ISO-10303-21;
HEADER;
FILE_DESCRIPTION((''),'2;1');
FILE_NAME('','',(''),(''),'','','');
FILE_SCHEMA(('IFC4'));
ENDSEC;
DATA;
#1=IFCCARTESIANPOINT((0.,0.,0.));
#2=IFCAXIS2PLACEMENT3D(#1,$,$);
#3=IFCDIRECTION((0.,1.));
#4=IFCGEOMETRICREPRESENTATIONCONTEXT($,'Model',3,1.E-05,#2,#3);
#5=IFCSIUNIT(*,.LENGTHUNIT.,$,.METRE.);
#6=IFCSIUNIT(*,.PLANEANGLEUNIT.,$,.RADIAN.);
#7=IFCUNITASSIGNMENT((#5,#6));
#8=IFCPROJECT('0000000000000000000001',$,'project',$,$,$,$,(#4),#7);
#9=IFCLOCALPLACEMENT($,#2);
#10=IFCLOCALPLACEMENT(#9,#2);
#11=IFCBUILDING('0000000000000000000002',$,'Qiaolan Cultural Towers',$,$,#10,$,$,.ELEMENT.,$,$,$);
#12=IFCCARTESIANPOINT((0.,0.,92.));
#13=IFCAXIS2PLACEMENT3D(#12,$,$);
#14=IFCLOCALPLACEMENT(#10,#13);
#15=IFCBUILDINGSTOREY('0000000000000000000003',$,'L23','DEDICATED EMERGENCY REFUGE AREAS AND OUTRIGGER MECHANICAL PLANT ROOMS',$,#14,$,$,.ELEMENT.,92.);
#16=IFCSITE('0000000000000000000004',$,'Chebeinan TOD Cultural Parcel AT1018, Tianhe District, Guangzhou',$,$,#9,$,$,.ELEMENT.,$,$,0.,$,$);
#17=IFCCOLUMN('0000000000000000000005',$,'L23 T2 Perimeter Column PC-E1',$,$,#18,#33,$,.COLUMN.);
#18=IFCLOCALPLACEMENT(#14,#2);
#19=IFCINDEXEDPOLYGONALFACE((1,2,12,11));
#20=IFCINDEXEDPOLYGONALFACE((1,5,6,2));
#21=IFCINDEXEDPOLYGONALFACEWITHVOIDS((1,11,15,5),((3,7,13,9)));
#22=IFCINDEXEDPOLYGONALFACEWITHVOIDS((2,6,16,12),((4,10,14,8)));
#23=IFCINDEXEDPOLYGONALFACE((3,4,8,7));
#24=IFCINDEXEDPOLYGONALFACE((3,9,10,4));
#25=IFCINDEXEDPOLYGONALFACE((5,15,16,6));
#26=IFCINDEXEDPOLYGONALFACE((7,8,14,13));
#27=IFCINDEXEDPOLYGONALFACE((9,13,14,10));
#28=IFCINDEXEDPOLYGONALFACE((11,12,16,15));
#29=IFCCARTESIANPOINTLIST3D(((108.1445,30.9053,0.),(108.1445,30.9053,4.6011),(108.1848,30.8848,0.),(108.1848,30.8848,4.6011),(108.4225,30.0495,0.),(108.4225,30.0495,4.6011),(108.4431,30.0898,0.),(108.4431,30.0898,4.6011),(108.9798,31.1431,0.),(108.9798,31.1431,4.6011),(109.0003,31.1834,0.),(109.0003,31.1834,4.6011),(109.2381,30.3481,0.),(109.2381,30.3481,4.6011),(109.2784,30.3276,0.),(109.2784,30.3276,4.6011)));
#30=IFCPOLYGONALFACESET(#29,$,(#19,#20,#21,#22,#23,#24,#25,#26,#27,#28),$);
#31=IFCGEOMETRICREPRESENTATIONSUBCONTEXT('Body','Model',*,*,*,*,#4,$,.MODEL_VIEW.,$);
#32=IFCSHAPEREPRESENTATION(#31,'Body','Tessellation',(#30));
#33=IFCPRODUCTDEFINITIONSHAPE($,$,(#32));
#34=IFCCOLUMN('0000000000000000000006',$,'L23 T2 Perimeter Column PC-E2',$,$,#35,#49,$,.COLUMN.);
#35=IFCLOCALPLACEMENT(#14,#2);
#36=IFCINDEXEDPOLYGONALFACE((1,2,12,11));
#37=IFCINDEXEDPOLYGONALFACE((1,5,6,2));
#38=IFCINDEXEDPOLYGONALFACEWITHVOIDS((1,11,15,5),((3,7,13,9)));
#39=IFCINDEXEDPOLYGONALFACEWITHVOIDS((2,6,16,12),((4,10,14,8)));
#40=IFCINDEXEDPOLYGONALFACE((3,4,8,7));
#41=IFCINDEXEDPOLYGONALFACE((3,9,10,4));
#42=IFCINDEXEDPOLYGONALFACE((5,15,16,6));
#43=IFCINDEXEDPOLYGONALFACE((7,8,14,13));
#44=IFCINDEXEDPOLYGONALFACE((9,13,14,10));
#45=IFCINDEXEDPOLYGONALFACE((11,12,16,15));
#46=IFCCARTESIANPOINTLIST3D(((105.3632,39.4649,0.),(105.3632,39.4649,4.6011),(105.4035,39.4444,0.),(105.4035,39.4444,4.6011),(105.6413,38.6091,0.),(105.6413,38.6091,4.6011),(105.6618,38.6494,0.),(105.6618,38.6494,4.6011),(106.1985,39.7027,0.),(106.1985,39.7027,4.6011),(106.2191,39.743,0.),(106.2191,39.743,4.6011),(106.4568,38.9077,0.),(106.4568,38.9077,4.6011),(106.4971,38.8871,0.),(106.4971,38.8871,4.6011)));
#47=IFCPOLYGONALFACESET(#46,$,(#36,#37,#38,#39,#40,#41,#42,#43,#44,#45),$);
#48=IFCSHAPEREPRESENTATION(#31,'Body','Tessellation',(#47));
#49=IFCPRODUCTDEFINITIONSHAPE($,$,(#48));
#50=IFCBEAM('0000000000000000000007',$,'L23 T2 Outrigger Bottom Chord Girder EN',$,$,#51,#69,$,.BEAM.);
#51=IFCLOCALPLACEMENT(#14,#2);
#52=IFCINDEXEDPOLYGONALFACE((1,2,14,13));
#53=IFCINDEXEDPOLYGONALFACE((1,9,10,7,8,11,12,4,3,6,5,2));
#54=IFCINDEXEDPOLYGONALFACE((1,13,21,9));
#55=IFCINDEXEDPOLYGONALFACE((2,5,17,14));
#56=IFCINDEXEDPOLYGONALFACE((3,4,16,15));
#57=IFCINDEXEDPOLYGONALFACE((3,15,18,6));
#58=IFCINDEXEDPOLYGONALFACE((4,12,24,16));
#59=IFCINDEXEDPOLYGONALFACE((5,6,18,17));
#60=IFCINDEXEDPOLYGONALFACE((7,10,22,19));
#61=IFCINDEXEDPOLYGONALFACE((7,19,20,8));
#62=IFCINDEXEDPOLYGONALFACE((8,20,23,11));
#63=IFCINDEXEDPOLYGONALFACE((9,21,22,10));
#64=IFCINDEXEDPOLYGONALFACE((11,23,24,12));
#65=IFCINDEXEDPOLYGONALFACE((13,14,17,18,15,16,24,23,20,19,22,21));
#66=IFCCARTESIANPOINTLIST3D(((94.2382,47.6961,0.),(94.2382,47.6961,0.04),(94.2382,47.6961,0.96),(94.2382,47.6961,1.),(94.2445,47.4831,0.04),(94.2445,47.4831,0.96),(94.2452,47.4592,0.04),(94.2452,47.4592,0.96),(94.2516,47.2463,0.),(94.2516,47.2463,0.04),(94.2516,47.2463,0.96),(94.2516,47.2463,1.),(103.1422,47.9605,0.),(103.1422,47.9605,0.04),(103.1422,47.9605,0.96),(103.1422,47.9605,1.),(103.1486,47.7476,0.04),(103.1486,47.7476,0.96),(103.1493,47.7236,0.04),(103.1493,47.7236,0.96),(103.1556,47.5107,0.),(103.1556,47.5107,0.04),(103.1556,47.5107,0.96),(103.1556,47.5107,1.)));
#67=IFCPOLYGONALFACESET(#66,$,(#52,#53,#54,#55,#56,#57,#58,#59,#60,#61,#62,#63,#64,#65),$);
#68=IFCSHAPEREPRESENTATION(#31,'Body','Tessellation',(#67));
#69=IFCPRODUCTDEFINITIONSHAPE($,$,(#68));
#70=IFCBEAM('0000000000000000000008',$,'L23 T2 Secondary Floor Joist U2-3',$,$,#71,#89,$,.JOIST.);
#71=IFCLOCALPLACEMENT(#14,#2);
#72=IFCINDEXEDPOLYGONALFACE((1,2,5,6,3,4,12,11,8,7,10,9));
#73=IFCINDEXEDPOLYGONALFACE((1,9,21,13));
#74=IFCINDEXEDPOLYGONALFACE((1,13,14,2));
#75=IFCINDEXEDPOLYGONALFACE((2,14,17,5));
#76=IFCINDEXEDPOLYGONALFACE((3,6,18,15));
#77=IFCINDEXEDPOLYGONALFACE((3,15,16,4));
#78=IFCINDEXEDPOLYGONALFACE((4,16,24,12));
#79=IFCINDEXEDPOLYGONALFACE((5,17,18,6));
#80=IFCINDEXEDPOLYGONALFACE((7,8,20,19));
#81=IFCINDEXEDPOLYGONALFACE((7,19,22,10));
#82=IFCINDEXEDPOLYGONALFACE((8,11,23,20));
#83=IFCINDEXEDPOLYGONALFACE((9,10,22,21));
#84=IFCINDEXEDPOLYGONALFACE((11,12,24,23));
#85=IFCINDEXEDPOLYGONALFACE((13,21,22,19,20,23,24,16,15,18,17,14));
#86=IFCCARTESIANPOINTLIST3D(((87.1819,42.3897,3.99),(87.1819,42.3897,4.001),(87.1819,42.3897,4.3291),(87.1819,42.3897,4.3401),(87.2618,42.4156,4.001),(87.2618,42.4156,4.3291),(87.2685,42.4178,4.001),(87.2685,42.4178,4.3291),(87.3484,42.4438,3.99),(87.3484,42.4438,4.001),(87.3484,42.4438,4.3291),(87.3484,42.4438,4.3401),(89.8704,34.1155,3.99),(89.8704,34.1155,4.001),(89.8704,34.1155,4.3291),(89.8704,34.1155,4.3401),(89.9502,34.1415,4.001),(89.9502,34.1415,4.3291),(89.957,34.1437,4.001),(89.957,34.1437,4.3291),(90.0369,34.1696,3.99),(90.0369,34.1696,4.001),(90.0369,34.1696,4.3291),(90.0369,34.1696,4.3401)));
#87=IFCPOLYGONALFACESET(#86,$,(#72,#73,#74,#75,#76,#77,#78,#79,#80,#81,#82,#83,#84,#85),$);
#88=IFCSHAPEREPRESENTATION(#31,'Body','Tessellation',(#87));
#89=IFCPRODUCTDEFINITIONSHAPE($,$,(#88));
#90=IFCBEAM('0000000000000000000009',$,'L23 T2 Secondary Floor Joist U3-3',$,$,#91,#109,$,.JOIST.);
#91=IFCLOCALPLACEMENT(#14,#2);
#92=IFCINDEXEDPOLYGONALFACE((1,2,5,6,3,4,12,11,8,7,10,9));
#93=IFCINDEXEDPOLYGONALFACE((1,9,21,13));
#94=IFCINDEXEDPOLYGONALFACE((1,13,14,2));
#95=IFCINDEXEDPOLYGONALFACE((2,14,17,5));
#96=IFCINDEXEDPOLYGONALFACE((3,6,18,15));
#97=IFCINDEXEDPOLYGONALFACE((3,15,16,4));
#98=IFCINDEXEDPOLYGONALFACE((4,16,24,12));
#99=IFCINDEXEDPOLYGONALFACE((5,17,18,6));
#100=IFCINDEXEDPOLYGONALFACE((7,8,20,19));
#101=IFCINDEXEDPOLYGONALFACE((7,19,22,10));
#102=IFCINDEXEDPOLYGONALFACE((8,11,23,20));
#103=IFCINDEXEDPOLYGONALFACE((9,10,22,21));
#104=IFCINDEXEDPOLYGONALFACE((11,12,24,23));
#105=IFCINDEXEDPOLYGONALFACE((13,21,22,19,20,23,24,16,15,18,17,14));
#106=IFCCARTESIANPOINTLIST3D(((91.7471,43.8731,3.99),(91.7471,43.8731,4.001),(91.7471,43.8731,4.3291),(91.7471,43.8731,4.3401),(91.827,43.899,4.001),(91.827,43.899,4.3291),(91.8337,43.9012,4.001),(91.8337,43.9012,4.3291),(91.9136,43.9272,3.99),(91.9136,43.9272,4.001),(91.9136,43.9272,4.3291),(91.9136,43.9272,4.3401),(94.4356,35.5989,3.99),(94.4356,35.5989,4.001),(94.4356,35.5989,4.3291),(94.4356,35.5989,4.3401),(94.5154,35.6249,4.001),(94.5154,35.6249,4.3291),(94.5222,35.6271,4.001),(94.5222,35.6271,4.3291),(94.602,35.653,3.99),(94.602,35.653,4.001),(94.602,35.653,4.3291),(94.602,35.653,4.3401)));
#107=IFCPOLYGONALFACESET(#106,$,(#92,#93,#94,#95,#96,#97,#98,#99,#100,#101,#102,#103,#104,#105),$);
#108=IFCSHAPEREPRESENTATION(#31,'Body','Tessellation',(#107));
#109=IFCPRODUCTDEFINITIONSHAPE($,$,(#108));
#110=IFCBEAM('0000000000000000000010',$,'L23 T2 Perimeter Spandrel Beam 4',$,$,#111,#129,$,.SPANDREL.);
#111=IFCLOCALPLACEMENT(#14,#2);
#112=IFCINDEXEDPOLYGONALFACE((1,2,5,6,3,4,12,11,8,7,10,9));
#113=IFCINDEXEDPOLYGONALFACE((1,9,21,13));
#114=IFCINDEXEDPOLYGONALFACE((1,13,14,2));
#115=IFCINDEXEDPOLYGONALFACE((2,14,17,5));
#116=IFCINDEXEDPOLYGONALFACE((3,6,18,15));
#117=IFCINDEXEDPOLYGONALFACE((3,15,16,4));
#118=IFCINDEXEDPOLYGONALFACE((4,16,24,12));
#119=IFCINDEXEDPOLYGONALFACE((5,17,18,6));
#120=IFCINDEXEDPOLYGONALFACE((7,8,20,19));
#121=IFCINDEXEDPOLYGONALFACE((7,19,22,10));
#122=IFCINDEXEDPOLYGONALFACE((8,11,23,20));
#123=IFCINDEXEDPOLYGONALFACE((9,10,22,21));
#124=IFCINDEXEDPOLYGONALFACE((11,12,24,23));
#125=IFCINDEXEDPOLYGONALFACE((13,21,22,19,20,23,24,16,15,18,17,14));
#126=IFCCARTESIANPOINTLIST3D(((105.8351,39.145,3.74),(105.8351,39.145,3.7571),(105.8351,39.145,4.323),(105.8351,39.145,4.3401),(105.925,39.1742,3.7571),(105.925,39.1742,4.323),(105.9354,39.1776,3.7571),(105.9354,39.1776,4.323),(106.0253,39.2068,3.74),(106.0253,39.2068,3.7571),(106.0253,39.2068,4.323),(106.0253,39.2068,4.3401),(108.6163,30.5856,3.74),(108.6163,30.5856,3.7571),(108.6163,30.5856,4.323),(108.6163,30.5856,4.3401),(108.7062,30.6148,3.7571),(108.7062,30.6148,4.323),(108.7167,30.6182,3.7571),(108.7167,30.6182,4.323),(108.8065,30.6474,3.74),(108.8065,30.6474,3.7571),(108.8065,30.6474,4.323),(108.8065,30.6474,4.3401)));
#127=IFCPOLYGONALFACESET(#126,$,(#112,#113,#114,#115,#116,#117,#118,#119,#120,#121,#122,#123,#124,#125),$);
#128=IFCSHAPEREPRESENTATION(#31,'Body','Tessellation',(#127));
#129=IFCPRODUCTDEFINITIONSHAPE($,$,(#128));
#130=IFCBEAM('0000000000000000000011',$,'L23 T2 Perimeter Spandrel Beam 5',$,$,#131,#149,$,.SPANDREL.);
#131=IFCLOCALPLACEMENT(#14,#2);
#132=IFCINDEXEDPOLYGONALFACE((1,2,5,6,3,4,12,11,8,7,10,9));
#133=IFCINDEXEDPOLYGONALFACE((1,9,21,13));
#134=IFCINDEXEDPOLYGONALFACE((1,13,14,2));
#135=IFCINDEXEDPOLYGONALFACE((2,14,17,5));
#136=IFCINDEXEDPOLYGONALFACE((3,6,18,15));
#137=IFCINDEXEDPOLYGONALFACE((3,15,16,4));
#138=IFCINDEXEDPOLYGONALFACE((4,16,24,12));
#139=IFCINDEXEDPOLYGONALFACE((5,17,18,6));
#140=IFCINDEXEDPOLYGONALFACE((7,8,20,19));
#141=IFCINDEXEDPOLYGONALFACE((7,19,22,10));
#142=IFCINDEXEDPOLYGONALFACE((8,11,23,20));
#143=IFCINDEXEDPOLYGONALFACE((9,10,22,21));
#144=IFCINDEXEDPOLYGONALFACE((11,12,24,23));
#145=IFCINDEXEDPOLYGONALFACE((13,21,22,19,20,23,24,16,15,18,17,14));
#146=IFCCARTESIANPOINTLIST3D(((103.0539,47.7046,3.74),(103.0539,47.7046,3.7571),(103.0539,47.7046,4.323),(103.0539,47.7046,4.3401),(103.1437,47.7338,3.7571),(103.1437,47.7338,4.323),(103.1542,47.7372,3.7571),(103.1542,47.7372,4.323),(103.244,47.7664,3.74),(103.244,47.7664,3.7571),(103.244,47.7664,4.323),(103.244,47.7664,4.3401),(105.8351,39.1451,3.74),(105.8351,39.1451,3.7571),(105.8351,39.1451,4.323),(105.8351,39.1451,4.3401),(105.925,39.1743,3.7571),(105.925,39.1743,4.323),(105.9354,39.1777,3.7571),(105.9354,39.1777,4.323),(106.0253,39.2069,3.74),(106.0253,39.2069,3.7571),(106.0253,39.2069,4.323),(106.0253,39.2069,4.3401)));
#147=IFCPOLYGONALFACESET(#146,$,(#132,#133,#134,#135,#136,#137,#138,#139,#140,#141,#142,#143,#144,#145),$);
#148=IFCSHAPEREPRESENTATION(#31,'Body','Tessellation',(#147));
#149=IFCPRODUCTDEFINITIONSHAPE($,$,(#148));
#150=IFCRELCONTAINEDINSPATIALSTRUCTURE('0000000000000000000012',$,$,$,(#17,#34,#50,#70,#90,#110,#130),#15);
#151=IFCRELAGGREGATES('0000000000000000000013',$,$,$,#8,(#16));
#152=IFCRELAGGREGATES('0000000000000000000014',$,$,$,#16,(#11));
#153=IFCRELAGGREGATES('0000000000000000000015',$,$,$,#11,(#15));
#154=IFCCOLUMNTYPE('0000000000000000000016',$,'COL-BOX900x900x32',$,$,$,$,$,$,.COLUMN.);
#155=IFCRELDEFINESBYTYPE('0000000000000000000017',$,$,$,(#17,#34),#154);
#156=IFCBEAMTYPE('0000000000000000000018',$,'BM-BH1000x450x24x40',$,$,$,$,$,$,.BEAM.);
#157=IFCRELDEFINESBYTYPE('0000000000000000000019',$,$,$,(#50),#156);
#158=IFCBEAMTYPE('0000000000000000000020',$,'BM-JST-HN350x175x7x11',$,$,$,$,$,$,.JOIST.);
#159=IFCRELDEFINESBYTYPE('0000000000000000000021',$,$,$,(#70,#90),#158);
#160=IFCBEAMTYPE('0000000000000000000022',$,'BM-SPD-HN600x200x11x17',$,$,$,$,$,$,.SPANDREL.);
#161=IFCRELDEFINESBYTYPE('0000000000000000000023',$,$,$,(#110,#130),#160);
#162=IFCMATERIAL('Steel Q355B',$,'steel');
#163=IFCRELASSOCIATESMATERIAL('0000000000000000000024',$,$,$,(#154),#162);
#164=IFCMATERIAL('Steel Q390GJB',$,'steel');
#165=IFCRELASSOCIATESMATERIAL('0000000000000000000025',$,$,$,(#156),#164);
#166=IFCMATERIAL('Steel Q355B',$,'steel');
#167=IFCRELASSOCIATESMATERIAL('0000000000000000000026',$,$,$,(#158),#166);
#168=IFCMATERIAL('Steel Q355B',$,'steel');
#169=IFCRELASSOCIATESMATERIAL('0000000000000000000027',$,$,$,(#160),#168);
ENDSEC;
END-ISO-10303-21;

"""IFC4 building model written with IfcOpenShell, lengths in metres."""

from ifc_helpers import new_model, si_unit, direction, frame, origin, origin_2d, place, context, subcontext, project, spatial, hollow_rectangle, i_section, extrude, material, material_profile, profile_set, type_object, element, save


model = new_model("IFC4")

# Units and contexts
model_context = context("Model", 3, precision=1e-05, world=origin(), true_north=direction((0.0, 1.0)))
body_context = subcontext(model_context, "Body", "Model", "MODEL_VIEW")
ifc_project = project(units=[si_unit("LENGTHUNIT", "METRE"), si_unit("PLANEANGLEUNIT", "RADIAN")], contexts=[model_context])

# Site, building, storey
site_placement = place(None, origin())
site = spatial("IfcSite", under=ifc_project, at=site_placement, Name="Chebeinan TOD Cultural Parcel AT1018, Tianhe District, Guangzhou", CompositionType="ELEMENT", RefElevation=0.0)
building_placement = place(site_placement, origin())
building = spatial("IfcBuilding", under=site, at=building_placement, Name="Qiaolan Cultural Towers", CompositionType="ELEMENT")
storey_placement = place(building_placement, frame((0.0, 0.0, 92.0)))
storey = spatial("IfcBuildingStorey", under=building, at=storey_placement, Name="L23", Description="DEDICATED EMERGENCY REFUGE AREAS AND OUTRIGGER MECHANICAL PLANT ROOMS", CompositionType="ELEMENT", Elevation=92.0)

# Columns
ifc_material_1 = material(Name="Steel Q355B", Category="steel")
ifc_material_profile_1 = material_profile(ifc_material_1, hollow_rectangle(XDim=0.8999, YDim=0.8999, WallThickness=0.032, at=origin_2d()), Name="BOX900x900x32")
ifc_profile_set_1 = profile_set([ifc_material_profile_1], Name="Steel Q355B")
column_type = type_object("IfcColumnType", Name="COL-BOX900x900x32", PredefinedType="COLUMN", material=ifc_profile_set_1)
for number, where, z_axis, x_axis, name in (
    (1, (108.7114, 30.6165, 0.0), (0.0, 0.0, 1.0), (0.951057, 0.309017, 0.0), "L23 T2 Perimeter Column PC-E1"),
    (2, (105.9302, 39.176, 0.0), (0.0, 0.0, 1.0), (0.951057, 0.309017, 0.0), "L23 T2 Perimeter Column PC-E2"),
):
    element("IfcColumn", number, at=place(storey_placement, frame(where, z_axis=z_axis, x_axis=x_axis)), inside=storey, type_object=column_type, Name=name, PredefinedType="COLUMN", context=body_context, shape_type="SweptSolid", body=[
        extrude(hollow_rectangle(XDim=0.8999, YDim=0.8999, WallThickness=0.032, at=origin_2d()), origin(), (0.0, 0.0, 1.0), 4.6011),
    ])

# Beams
ifc_material_2 = material(Name="Steel Q390GJB", Category="steel")
ifc_material_profile_2 = material_profile(ifc_material_2, i_section(OverallWidth=0.45, OverallDepth=1.0, WebThickness=0.0239, FlangeThickness=0.04, at=origin_2d()), Name="BH1000x450x24x40")
ifc_profile_set_2 = profile_set([ifc_material_profile_2], Name="Steel Q390GJB")
beam_type_1 = type_object("IfcBeamType", Name="BM-BH1000x450x24x40", PredefinedType="BEAM", material=ifc_profile_set_2)
beam_placement = place(storey_placement, frame((94.2449, 47.4712, 0.5), z_axis=(0.999559, 0.029682, 0.0), x_axis=(-0.029682, 0.999559, 0.0)))
element("IfcBeam", 3, at=beam_placement, inside=storey, type_object=beam_type_1, Name="L23 T2 Outrigger Bottom Chord Girder EN", PredefinedType="BEAM", context=body_context, shape_type="SweptSolid", body=[
    extrude(i_section(OverallWidth=0.45, OverallDepth=1.0, WebThickness=0.0239, FlangeThickness=0.04, at=origin_2d()), origin(), (0.0, 0.0, 1.0), 8.908),
])
ifc_material_3 = material(Name="Steel Q355B", Category="steel")
ifc_material_profile_3 = material_profile(ifc_material_3, i_section(OverallWidth=0.175, OverallDepth=0.3501, WebThickness=0.0071, FlangeThickness=0.011, at=origin_2d()), Name="HN350x175x7x11")
ifc_profile_set_3 = profile_set([ifc_material_profile_3], Name="Steel Q355B")
beam_type_2 = type_object("IfcBeamType", Name="BM-JST-HN350x175x7x11", PredefinedType="JOIST", material=ifc_profile_set_3)
for number, where, z_axis, x_axis, name in (
    (4, (89.9536, 34.1426, 4.165), (-0.309021, 0.951055, 0.0), (-0.951055, -0.309021, 0.0), "L23 T2 Secondary Floor Joist U2-3"),
    (5, (94.5188, 35.626, 4.165), (-0.309021, 0.951055, 0.0), (-0.951055, -0.309021, 0.0), "L23 T2 Secondary Floor Joist U3-3"),
):
    element("IfcBeam", number, at=place(storey_placement, frame(where, z_axis=z_axis, x_axis=x_axis)), inside=storey, type_object=beam_type_2, Name=name, PredefinedType="JOIST", context=body_context, shape_type="SweptSolid", body=[
        extrude(i_section(OverallWidth=0.175, OverallDepth=0.3501, WebThickness=0.0071, FlangeThickness=0.011, at=origin_2d()), origin(), (0.0, 0.0, 1.0), 8.7),
    ])
ifc_material_4 = material(Name="Steel Q355B", Category="steel")
ifc_material_profile_4 = material_profile(ifc_material_4, i_section(OverallWidth=0.2, OverallDepth=0.6001, WebThickness=0.011, FlangeThickness=0.0171, at=origin_2d()), Name="HN600x200x11x17")
ifc_profile_set_4 = profile_set([ifc_material_profile_4], Name="Steel Q355B")
beam_type_3 = type_object("IfcBeamType", Name="BM-SPD-HN600x200x11x17", PredefinedType="SPANDREL", material=ifc_profile_set_4)
for number, where, z_axis, x_axis, name in (
    (6, (108.7114, 30.6165, 4.04), (-0.309025, 0.951054, 0.0), (-0.951054, -0.309025, 0.0), "L23 T2 Perimeter Spandrel Beam 4"),
    (7, (105.9302, 39.176, 4.04), (-0.309025, 0.951054, 0.0), (-0.951054, -0.309025, 0.0), "L23 T2 Perimeter Spandrel Beam 5"),
):
    element("IfcBeam", number, at=place(storey_placement, frame(where, z_axis=z_axis, x_axis=x_axis)), inside=storey, type_object=beam_type_3, Name=name, PredefinedType="SPANDREL", context=body_context, shape_type="SweptSolid", body=[
        extrude(i_section(OverallWidth=0.2, OverallDepth=0.6001, WebThickness=0.011, FlangeThickness=0.0171, at=origin_2d()), origin(), (0.0, 0.0, 1.0), 9.0),
    ])

save(model, "model.ifc")
